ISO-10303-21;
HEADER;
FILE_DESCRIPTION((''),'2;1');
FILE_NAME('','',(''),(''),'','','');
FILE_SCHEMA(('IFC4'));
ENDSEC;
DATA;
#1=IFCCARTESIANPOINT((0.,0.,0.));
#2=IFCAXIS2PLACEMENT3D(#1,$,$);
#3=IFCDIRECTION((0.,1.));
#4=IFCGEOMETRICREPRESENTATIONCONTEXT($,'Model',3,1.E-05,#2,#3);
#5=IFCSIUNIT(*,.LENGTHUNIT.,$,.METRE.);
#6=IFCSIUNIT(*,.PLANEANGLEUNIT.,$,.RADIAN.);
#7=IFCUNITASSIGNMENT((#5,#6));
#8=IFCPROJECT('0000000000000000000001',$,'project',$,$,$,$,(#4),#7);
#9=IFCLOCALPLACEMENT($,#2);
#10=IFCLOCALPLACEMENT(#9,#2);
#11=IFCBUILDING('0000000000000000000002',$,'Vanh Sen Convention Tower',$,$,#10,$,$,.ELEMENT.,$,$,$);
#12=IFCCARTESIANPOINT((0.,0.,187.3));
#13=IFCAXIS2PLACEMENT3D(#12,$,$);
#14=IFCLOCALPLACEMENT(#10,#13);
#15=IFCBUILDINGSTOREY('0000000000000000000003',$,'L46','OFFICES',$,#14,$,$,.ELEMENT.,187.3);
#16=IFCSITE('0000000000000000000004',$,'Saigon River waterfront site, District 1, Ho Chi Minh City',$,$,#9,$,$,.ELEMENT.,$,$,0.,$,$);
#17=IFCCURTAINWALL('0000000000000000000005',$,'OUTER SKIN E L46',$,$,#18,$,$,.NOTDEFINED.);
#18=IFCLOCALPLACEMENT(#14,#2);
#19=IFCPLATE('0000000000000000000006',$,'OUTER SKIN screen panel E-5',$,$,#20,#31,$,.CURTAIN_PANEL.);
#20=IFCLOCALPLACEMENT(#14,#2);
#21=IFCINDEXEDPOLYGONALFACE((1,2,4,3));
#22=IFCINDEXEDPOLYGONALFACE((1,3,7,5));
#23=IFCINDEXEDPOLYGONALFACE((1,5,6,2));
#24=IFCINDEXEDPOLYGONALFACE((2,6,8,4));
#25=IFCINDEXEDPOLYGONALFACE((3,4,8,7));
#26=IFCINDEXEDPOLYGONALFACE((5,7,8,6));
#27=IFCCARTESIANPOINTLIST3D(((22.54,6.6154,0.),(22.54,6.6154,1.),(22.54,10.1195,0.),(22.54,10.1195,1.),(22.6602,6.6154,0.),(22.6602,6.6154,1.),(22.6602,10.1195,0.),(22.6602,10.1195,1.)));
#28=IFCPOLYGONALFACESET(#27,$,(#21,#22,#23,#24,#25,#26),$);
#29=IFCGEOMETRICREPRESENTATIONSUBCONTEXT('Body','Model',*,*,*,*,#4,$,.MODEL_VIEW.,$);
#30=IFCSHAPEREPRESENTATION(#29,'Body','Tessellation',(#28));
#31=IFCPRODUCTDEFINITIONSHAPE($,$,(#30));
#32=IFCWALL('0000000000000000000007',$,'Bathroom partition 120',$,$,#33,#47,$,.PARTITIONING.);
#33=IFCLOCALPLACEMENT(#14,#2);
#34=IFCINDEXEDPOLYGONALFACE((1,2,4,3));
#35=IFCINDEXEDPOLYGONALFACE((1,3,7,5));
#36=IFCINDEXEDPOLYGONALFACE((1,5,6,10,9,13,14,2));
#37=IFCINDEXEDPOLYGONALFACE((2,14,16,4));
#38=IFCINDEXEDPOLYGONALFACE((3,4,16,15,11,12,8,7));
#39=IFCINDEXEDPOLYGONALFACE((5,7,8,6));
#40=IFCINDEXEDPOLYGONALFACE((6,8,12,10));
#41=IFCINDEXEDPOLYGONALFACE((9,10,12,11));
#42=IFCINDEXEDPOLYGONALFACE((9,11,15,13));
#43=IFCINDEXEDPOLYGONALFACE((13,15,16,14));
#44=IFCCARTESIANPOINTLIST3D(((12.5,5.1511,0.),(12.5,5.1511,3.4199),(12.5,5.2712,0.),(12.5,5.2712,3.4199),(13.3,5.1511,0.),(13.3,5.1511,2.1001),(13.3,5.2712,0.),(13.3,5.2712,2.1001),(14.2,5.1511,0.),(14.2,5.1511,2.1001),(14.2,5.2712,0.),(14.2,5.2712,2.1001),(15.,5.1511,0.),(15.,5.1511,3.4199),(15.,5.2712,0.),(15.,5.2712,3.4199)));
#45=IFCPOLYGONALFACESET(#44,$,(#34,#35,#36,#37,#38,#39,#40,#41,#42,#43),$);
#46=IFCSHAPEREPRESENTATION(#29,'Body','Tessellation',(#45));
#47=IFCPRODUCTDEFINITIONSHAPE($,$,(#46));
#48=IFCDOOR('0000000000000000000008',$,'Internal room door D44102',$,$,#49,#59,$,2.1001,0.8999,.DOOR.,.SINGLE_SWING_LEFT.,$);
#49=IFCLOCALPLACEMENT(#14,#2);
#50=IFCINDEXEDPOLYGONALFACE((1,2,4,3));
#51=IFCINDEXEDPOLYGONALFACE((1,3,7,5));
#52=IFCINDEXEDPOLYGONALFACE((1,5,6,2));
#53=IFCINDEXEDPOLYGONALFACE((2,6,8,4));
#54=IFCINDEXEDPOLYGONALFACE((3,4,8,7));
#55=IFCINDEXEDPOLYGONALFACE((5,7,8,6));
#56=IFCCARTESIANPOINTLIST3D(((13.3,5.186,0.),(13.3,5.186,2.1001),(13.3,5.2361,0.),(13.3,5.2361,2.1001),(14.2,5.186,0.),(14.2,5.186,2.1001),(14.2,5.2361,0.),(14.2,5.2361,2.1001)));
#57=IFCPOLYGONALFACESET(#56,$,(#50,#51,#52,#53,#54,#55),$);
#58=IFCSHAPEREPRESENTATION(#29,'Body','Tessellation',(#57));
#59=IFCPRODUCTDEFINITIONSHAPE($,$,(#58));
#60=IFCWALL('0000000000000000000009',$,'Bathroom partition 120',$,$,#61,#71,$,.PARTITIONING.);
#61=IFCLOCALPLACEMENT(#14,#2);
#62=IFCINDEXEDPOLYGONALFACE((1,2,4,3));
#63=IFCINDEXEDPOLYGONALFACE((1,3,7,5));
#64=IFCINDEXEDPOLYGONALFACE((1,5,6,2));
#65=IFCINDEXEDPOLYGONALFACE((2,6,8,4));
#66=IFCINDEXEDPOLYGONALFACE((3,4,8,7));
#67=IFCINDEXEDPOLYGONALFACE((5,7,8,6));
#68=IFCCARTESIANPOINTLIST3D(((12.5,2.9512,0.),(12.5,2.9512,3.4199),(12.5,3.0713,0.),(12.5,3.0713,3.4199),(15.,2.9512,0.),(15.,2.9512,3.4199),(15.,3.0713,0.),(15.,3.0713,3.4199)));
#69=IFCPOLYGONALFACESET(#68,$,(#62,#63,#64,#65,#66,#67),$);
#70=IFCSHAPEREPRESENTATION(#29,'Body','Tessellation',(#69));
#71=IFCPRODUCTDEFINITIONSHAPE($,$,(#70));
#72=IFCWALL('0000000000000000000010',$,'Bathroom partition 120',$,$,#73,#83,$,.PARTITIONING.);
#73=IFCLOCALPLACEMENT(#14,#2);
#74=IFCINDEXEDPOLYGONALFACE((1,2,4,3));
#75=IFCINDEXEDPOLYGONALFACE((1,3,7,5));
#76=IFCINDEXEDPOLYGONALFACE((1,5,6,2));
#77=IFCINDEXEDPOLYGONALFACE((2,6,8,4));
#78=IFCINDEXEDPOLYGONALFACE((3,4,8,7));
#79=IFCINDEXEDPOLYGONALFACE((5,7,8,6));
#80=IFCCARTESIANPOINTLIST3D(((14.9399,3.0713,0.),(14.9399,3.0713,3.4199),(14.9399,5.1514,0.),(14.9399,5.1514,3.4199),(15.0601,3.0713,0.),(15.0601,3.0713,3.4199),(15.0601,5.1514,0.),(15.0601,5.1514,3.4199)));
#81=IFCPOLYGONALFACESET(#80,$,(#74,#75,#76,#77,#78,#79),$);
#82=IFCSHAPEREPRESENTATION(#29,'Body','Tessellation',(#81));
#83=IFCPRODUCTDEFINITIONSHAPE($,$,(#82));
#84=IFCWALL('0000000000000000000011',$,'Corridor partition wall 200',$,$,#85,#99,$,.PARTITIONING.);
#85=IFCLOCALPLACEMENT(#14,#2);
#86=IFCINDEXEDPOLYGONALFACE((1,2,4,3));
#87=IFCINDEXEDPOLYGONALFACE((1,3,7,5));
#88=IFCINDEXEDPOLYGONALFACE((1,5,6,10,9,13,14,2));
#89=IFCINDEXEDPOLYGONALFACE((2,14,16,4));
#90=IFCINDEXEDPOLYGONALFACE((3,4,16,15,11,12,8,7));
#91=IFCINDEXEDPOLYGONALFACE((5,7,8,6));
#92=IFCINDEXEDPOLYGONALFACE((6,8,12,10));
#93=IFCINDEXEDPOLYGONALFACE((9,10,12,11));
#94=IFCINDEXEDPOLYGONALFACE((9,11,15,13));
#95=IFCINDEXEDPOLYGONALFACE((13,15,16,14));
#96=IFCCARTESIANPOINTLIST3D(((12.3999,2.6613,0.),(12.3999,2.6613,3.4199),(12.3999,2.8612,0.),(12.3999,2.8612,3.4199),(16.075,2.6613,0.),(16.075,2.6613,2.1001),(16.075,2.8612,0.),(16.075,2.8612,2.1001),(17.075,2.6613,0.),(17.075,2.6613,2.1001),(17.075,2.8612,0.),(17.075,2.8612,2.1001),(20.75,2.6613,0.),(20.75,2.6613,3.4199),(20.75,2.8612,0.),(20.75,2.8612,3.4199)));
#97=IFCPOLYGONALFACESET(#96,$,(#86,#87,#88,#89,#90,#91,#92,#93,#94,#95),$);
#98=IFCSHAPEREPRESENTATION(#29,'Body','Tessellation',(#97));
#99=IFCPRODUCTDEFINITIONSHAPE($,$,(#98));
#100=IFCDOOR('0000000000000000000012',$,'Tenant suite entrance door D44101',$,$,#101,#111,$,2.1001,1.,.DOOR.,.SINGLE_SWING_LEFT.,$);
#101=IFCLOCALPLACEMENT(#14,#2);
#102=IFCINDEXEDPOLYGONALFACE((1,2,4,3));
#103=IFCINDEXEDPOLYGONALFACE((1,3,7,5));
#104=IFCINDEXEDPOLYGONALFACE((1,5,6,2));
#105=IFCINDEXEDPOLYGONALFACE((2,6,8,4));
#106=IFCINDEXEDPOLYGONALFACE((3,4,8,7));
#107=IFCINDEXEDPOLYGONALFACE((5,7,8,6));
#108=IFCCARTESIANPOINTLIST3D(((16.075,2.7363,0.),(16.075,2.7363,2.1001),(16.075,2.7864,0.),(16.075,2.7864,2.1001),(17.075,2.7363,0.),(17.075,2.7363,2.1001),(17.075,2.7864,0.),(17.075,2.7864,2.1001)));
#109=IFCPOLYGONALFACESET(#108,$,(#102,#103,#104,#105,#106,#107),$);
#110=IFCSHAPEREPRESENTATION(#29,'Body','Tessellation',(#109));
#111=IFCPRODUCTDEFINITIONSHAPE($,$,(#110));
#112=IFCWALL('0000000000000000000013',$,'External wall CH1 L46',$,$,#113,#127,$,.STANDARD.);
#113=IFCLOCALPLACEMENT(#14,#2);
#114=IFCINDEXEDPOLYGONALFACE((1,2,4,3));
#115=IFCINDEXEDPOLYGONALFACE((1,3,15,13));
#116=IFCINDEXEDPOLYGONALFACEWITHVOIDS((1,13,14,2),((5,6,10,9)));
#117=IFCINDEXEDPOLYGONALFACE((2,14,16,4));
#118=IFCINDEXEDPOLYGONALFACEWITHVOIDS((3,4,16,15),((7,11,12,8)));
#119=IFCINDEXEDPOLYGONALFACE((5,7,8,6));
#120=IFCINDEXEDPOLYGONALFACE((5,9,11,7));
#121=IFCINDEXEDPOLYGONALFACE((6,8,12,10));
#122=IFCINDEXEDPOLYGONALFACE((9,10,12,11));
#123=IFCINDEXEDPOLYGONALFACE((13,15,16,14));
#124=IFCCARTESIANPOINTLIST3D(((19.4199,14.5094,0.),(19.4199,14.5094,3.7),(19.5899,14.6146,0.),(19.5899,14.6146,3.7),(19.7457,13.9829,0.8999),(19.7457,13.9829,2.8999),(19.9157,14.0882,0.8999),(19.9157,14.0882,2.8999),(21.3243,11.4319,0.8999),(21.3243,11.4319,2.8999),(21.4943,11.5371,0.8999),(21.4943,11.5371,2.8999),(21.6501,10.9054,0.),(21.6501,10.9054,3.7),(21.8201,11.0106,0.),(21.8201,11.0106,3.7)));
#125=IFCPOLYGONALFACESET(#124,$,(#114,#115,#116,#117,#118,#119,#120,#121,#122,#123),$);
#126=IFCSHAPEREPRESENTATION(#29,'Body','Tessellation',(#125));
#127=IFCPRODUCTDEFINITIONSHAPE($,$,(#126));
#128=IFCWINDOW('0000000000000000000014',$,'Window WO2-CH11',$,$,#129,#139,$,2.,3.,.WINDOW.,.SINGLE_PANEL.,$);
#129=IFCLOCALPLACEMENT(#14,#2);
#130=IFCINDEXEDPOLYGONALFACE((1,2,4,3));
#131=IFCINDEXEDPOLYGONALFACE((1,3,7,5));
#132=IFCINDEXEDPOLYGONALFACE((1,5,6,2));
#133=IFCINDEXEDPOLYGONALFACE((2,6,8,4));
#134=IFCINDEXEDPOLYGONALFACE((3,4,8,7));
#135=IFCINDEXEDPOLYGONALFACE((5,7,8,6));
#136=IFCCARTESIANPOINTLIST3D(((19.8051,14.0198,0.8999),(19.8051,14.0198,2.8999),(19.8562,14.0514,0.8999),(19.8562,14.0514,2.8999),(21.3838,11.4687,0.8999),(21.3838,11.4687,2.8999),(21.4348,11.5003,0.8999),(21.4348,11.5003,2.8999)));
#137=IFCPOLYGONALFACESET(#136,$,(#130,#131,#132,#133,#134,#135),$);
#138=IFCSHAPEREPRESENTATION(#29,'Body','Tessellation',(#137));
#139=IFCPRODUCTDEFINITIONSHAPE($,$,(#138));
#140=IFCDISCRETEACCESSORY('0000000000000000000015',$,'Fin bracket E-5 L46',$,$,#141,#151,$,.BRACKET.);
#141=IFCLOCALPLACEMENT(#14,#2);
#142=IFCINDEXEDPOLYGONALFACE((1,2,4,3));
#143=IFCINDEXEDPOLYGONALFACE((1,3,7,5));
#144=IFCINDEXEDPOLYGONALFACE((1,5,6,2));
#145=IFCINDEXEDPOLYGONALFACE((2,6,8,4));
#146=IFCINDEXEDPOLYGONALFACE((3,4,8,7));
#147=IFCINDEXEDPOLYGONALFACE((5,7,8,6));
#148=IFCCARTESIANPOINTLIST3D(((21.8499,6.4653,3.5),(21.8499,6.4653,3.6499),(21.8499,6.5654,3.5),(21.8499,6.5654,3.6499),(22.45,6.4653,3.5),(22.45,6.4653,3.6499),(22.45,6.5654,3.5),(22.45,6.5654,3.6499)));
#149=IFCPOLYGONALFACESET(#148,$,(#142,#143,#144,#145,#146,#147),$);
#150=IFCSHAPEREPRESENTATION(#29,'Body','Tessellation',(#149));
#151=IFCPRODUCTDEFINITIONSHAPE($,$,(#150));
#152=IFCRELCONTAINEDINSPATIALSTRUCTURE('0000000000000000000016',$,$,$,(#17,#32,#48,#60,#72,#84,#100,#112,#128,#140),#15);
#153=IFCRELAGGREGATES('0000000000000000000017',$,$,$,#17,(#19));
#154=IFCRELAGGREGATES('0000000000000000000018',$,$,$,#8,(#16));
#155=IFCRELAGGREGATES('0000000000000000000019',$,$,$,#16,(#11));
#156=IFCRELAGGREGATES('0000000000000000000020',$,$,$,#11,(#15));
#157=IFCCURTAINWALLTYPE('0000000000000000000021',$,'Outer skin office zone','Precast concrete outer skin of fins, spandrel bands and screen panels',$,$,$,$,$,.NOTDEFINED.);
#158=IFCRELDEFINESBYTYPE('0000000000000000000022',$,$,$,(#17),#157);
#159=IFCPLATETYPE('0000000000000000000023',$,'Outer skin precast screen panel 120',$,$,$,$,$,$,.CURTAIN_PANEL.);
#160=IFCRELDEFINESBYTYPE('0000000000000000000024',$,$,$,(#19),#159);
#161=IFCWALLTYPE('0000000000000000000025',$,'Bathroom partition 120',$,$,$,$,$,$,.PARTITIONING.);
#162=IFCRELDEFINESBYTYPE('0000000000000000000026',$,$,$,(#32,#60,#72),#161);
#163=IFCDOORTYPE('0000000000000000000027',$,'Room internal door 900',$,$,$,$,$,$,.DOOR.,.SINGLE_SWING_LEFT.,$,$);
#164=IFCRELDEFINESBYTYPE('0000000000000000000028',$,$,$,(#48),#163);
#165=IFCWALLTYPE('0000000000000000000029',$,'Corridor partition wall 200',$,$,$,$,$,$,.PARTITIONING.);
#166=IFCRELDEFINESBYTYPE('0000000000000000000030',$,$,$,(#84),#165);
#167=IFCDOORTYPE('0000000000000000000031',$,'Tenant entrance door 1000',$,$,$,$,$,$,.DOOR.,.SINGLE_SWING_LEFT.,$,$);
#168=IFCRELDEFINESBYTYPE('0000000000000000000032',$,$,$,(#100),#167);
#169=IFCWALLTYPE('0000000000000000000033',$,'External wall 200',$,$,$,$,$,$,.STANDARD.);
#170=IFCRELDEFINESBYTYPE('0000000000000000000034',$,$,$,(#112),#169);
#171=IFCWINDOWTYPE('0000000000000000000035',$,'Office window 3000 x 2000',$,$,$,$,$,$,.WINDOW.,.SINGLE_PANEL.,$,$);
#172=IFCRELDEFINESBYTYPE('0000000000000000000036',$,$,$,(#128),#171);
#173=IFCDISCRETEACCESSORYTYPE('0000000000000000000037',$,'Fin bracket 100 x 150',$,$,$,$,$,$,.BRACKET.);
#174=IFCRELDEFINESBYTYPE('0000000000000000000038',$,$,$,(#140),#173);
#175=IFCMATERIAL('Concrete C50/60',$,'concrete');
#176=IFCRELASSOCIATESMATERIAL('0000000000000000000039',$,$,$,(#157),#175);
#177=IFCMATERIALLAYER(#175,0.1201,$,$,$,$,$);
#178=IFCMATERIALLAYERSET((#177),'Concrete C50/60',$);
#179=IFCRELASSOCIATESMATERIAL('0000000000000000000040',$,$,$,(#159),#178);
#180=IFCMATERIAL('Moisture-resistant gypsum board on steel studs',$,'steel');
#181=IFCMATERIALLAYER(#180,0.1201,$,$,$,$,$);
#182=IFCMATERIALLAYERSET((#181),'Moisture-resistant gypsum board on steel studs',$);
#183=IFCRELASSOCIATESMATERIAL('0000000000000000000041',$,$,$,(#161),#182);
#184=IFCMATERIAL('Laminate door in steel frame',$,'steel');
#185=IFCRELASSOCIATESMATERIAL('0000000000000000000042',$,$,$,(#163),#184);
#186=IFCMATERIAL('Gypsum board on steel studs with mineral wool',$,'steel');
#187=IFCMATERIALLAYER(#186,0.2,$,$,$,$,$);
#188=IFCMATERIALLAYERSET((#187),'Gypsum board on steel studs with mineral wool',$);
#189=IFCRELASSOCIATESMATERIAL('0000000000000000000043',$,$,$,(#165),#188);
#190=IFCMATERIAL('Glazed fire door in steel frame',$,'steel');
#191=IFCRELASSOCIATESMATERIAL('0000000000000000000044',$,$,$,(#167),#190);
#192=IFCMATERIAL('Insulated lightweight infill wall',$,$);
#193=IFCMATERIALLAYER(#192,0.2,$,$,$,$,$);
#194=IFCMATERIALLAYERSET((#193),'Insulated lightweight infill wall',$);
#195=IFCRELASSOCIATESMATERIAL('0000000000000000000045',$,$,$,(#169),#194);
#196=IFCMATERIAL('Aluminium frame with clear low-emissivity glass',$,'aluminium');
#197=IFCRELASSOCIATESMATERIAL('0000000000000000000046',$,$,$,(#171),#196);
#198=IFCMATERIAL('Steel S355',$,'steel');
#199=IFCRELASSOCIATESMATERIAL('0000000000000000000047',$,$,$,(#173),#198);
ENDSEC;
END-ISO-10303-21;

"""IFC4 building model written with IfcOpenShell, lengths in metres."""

from ifc_helpers import new_model, si_unit, direction, frame, frame_2d, origin, origin_2d, place, context, subcontext, project, spatial, rectangle, extrude, material, layer, layer_set, type_object, element, fill, aggregate, save


model = new_model("IFC4")

# Units and contexts
model_context = context("Model", 3, precision=1e-05, world=origin(), true_north=direction((0.0, 1.0)))
body_context = subcontext(model_context, "Body", "Model", "MODEL_VIEW")
ifc_project = project(units=[si_unit("LENGTHUNIT", "METRE"), si_unit("PLANEANGLEUNIT", "RADIAN")], contexts=[model_context])

# Site, building, storey
site_placement = place(None, origin())
site = spatial("IfcSite", under=ifc_project, at=site_placement, Name="Saigon River waterfront site, District 1, Ho Chi Minh City", CompositionType="ELEMENT", RefElevation=0.0)
building_placement = place(site_placement, origin())
building = spatial("IfcBuilding", under=site, at=building_placement, Name="Vanh Sen Convention Tower", CompositionType="ELEMENT")
storey_placement = place(building_placement, frame((0.0, 0.0, 187.3)))
storey = spatial("IfcBuildingStorey", under=building, at=storey_placement, Name="L46", Description="OFFICES", CompositionType="ELEMENT", Elevation=187.3)

# Curtain wall
ifc_material_1 = material(Name="Concrete C50/60", Category="concrete")
curtain_wall_type = type_object("IfcCurtainWallType", Name="Outer skin office zone", Description="Precast concrete outer skin of fins, spandrel bands and screen panels", PredefinedType="NOTDEFINED", material=ifc_material_1)
curtain_wall_1_placement = place(storey_placement, origin())
curtain_wall_1 = element("IfcCurtainWall", 1, at=curtain_wall_1_placement, inside=storey, type_object=curtain_wall_type, Name="OUTER SKIN E L46", PredefinedType="NOTDEFINED")

# Plate
ifc_layer_1 = layer(ifc_material_1, 0.1201)
ifc_layer_set_1 = layer_set([ifc_layer_1], Name="Concrete C50/60")
plate_type = type_object("IfcPlateType", Name="Outer skin precast screen panel 120", PredefinedType="CURTAIN_PANEL", material=ifc_layer_set_1)
plate_1_placement = place(storey_placement, frame((22.6001, 8.3674, 0.0), z_axis=(0.0, 0.0, 1.0), x_axis=(0.0, 1.0, 0.0)))
plate_1 = element("IfcPlate", 2, at=plate_1_placement, type_object=plate_type, Name="OUTER SKIN screen panel E-5", PredefinedType="CURTAIN_PANEL", context=body_context, shape_type="SweptSolid", body=[
    extrude(rectangle(XDim=3.5042, YDim=0.1201, at=origin_2d()), origin(), (0.0, 0.0, 1.0), 1.0),
])
aggregate(curtain_wall_1, [plate_1])

# Wall, opening, door
ifc_material_2 = material(Name="Moisture-resistant gypsum board on steel studs", Category="steel")
ifc_layer_2 = layer(ifc_material_2, 0.1201)
ifc_layer_set_2 = layer_set([ifc_layer_2], Name="Moisture-resistant gypsum board on steel studs")
wall_type_1 = type_object("IfcWallType", Name="Bathroom partition 120", PredefinedType="PARTITIONING", material=ifc_layer_set_2)
wall_1_placement = place(storey_placement, frame((12.5, 5.2112, 0.0), z_axis=(0.0, 0.0, 1.0), x_axis=(1.0, 0.0, 0.0)))
wall_1 = element("IfcWall", 3, at=wall_1_placement, inside=storey, type_object=wall_type_1, Name="Bathroom partition 120", PredefinedType="PARTITIONING", context=body_context, shape_type="SweptSolid", body=[
    extrude(rectangle(XDim=2.5, YDim=0.1201, at=frame_2d((1.25, 0.0))), origin(), (0.0, 0.0, 1.0), 3.4199),
])
opening_1_placement = place(wall_1_placement, frame((0.8, 0.0, 0.0)))
opening_1 = element("IfcOpeningElement", 4, at=opening_1_placement, cuts=wall_1, PredefinedType="OPENING", context=body_context, shape_type="SweptSolid", body=[
    extrude(rectangle(XDim=0.8999, YDim=2.1001, at=frame_2d((0.45, 1.05))), frame((0.0, 0.0701, 0.0), z_axis=(0.0, -1.0, 0.0), x_axis=(1.0, 0.0, 0.0)), (0.0, 0.0, 1.0), 0.1401),
])
ifc_material_3 = material(Name="Laminate door in steel frame", Category="steel")
door_type_1 = type_object("IfcDoorType", Name="Room internal door 900", OperationType="SINGLE_SWING_LEFT", PredefinedType="DOOR", material=ifc_material_3)
door_1_placement = place(opening_1_placement, origin())
door_1 = element("IfcDoor", 5, at=door_1_placement, inside=storey, type_object=door_type_1, Name="Internal room door D44102", OperationType="SINGLE_SWING_LEFT", OverallHeight=2.1001, OverallWidth=0.8999, PredefinedType="DOOR", context=body_context, shape_type="SweptSolid", body=[
    extrude(rectangle(XDim=0.8999, YDim=2.1001, at=frame_2d((0.45, 1.05))), frame((0.0, 0.0249, 0.0), z_axis=(0.0, -1.0, 0.0), x_axis=(1.0, 0.0, 0.0)), (0.0, 0.0, 1.0), 0.05),
])
fill(opening_1, door_1)

# Walls
wall_2_placement = place(storey_placement, frame((15.0, 3.0112, 0.0), z_axis=(0.0, 0.0, 1.0), x_axis=(-1.0, 0.0, 0.0)))
element("IfcWall", 6, at=wall_2_placement, inside=storey, type_object=wall_type_1, Name="Bathroom partition 120", PredefinedType="PARTITIONING", context=body_context, shape_type="SweptSolid", body=[
    extrude(rectangle(XDim=2.5, YDim=0.1201, at=frame_2d((1.25, 0.0))), origin(), (0.0, 0.0, 1.0), 3.4199),
])
wall_3_placement = place(storey_placement, frame((15.0, 5.1514, 0.0), z_axis=(0.0, 0.0, 1.0), x_axis=(0.0, -1.0, 0.0)))
element("IfcWall", 7, at=wall_3_placement, inside=storey, type_object=wall_type_1, Name="Bathroom partition 120", PredefinedType="PARTITIONING", context=body_context, shape_type="SweptSolid", body=[
    extrude(rectangle(XDim=2.0801, YDim=0.1201, at=frame_2d((1.04, 0.0))), origin(), (0.0, 0.0, 1.0), 3.4199),
])

# Wall, opening, door
ifc_material_4 = material(Name="Gypsum board on steel studs with mineral wool", Category="steel")
ifc_layer_3 = layer(ifc_material_4, 0.2)
ifc_layer_set_3 = layer_set([ifc_layer_3], Name="Gypsum board on steel studs with mineral wool")
wall_type_2 = type_object("IfcWallType", Name="Corridor partition wall 200", PredefinedType="PARTITIONING", material=ifc_layer_set_3)
wall_4_placement = place(storey_placement, frame((20.75, 2.7612, 0.0), z_axis=(0.0, 0.0, 1.0), x_axis=(-1.0, 0.0, 0.0)))
wall_4 = element("IfcWall", 8, at=wall_4_placement, inside=storey, type_object=wall_type_2, Name="Corridor partition wall 200", PredefinedType="PARTITIONING", context=body_context, shape_type="SweptSolid", body=[
    extrude(rectangle(XDim=8.3501, YDim=0.2, at=frame_2d((4.175, 0.0))), origin(), (0.0, 0.0, 1.0), 3.4199),
])
opening_2_placement = place(wall_4_placement, frame((3.675, 0.0, 0.0)))
opening_2 = element("IfcOpeningElement", 9, at=opening_2_placement, cuts=wall_4, PredefinedType="OPENING", context=body_context, shape_type="SweptSolid", body=[
    extrude(rectangle(XDim=1.0, YDim=2.1001, at=frame_2d((0.5, 1.05))), frame((0.0, 0.1099, 0.0), z_axis=(0.0, -1.0, 0.0), x_axis=(1.0, 0.0, 0.0)), (0.0, 0.0, 1.0), 0.22),
])
ifc_material_5 = material(Name="Glazed fire door in steel frame", Category="steel")
door_type_2 = type_object("IfcDoorType", Name="Tenant entrance door 1000", OperationType="SINGLE_SWING_LEFT", PredefinedType="DOOR", material=ifc_material_5)
door_2_placement = place(opening_2_placement, origin())
door_2 = element("IfcDoor", 10, at=door_2_placement, inside=storey, type_object=door_type_2, Name="Tenant suite entrance door D44101", OperationType="SINGLE_SWING_LEFT", OverallHeight=2.1001, OverallWidth=1.0, PredefinedType="DOOR", context=body_context, shape_type="SweptSolid", body=[
    extrude(rectangle(XDim=1.0, YDim=2.1001, at=frame_2d((0.5, 1.05))), frame((0.0, 0.0249, 0.0), z_axis=(0.0, -1.0, 0.0), x_axis=(1.0, 0.0, 0.0)), (0.0, 0.0, 1.0), 0.05),
])
fill(opening_2, door_2)

# Wall, opening, window
ifc_material_6 = material(Name="Insulated lightweight infill wall")
ifc_layer_4 = layer(ifc_material_6, 0.2)
ifc_layer_set_4 = layer_set([ifc_layer_4], Name="Insulated lightweight infill wall")
wall_type_3 = type_object("IfcWallType", Name="External wall 200", PredefinedType="STANDARD", material=ifc_layer_set_4)
wall_5_placement = place(storey_placement, frame((21.7351, 10.958, 0.0), z_axis=(0.0, 0.0, 1.0), x_axis=(-0.526214, 0.850352, 0.0)))
wall_5 = element("IfcWall", 11, at=wall_5_placement, inside=storey, type_object=wall_type_3, Name="External wall CH1 L46", PredefinedType="STANDARD", context=body_context, shape_type="SweptSolid", body=[
    extrude(rectangle(XDim=4.2383, YDim=0.2, at=frame_2d((2.1191, 0.0))), origin(), (0.0, 0.0, 1.0), 3.7),
])
opening_3_placement = place(wall_5_placement, frame((0.6191, 0.0, 0.8999)))
opening_3 = element("IfcOpeningElement", 12, at=opening_3_placement, cuts=wall_5, PredefinedType="OPENING", context=body_context, shape_type="SweptSolid", body=[
    extrude(rectangle(XDim=3.0, YDim=2.0, at=frame_2d((1.5, 1.0))), frame((0.0, 0.1099, 0.0), z_axis=(0.0, -1.0, 0.0), x_axis=(1.0, 0.0, 0.0)), (0.0, 0.0, 1.0), 0.22),
])
ifc_material_7 = material(Name="Aluminium frame with clear low-emissivity glass", Category="aluminium")
window_type = type_object("IfcWindowType", Name="Office window 3000 x 2000", PartitioningType="SINGLE_PANEL", PredefinedType="WINDOW", material=ifc_material_7)
window_placement = place(opening_3_placement, origin())
window = element("IfcWindow", 13, at=window_placement, inside=storey, type_object=window_type, Name="Window WO2-CH11", OverallHeight=2.0, OverallWidth=3.0, PartitioningType="SINGLE_PANEL", PredefinedType="WINDOW", context=body_context, shape_type="SweptSolid", body=[
    extrude(rectangle(XDim=3.0, YDim=2.0, at=frame_2d((1.5, 1.0))), frame((0.0, 0.03, 0.0), z_axis=(0.0, -1.0, 0.0), x_axis=(1.0, 0.0, 0.0)), (0.0, 0.0, 1.0), 0.0601),
])
fill(opening_3, window)

# Discrete accessory
ifc_material_8 = material(Name="Steel S355", Category="steel")
discrete_accessory_type = type_object("IfcDiscreteAccessoryType", Name="Fin bracket 100 x 150", PredefinedType="BRACKET", material=ifc_material_8)
discrete_accessory_placement = place(storey_placement, frame((22.1499, 6.5154, 3.5), z_axis=(0.0, 0.0, 1.0), x_axis=(1.0, 0.0, 0.0)))
element("IfcDiscreteAccessory", 14, at=discrete_accessory_placement, inside=storey, type_object=discrete_accessory_type, Name="Fin bracket E-5 L46", PredefinedType="BRACKET", context=body_context, shape_type="SweptSolid", body=[
    extrude(rectangle(XDim=0.6001, YDim=0.1001, at=origin_2d()), origin(), (0.0, 0.0, 1.0), 0.1499),
])

save(model, "model.ifc")
